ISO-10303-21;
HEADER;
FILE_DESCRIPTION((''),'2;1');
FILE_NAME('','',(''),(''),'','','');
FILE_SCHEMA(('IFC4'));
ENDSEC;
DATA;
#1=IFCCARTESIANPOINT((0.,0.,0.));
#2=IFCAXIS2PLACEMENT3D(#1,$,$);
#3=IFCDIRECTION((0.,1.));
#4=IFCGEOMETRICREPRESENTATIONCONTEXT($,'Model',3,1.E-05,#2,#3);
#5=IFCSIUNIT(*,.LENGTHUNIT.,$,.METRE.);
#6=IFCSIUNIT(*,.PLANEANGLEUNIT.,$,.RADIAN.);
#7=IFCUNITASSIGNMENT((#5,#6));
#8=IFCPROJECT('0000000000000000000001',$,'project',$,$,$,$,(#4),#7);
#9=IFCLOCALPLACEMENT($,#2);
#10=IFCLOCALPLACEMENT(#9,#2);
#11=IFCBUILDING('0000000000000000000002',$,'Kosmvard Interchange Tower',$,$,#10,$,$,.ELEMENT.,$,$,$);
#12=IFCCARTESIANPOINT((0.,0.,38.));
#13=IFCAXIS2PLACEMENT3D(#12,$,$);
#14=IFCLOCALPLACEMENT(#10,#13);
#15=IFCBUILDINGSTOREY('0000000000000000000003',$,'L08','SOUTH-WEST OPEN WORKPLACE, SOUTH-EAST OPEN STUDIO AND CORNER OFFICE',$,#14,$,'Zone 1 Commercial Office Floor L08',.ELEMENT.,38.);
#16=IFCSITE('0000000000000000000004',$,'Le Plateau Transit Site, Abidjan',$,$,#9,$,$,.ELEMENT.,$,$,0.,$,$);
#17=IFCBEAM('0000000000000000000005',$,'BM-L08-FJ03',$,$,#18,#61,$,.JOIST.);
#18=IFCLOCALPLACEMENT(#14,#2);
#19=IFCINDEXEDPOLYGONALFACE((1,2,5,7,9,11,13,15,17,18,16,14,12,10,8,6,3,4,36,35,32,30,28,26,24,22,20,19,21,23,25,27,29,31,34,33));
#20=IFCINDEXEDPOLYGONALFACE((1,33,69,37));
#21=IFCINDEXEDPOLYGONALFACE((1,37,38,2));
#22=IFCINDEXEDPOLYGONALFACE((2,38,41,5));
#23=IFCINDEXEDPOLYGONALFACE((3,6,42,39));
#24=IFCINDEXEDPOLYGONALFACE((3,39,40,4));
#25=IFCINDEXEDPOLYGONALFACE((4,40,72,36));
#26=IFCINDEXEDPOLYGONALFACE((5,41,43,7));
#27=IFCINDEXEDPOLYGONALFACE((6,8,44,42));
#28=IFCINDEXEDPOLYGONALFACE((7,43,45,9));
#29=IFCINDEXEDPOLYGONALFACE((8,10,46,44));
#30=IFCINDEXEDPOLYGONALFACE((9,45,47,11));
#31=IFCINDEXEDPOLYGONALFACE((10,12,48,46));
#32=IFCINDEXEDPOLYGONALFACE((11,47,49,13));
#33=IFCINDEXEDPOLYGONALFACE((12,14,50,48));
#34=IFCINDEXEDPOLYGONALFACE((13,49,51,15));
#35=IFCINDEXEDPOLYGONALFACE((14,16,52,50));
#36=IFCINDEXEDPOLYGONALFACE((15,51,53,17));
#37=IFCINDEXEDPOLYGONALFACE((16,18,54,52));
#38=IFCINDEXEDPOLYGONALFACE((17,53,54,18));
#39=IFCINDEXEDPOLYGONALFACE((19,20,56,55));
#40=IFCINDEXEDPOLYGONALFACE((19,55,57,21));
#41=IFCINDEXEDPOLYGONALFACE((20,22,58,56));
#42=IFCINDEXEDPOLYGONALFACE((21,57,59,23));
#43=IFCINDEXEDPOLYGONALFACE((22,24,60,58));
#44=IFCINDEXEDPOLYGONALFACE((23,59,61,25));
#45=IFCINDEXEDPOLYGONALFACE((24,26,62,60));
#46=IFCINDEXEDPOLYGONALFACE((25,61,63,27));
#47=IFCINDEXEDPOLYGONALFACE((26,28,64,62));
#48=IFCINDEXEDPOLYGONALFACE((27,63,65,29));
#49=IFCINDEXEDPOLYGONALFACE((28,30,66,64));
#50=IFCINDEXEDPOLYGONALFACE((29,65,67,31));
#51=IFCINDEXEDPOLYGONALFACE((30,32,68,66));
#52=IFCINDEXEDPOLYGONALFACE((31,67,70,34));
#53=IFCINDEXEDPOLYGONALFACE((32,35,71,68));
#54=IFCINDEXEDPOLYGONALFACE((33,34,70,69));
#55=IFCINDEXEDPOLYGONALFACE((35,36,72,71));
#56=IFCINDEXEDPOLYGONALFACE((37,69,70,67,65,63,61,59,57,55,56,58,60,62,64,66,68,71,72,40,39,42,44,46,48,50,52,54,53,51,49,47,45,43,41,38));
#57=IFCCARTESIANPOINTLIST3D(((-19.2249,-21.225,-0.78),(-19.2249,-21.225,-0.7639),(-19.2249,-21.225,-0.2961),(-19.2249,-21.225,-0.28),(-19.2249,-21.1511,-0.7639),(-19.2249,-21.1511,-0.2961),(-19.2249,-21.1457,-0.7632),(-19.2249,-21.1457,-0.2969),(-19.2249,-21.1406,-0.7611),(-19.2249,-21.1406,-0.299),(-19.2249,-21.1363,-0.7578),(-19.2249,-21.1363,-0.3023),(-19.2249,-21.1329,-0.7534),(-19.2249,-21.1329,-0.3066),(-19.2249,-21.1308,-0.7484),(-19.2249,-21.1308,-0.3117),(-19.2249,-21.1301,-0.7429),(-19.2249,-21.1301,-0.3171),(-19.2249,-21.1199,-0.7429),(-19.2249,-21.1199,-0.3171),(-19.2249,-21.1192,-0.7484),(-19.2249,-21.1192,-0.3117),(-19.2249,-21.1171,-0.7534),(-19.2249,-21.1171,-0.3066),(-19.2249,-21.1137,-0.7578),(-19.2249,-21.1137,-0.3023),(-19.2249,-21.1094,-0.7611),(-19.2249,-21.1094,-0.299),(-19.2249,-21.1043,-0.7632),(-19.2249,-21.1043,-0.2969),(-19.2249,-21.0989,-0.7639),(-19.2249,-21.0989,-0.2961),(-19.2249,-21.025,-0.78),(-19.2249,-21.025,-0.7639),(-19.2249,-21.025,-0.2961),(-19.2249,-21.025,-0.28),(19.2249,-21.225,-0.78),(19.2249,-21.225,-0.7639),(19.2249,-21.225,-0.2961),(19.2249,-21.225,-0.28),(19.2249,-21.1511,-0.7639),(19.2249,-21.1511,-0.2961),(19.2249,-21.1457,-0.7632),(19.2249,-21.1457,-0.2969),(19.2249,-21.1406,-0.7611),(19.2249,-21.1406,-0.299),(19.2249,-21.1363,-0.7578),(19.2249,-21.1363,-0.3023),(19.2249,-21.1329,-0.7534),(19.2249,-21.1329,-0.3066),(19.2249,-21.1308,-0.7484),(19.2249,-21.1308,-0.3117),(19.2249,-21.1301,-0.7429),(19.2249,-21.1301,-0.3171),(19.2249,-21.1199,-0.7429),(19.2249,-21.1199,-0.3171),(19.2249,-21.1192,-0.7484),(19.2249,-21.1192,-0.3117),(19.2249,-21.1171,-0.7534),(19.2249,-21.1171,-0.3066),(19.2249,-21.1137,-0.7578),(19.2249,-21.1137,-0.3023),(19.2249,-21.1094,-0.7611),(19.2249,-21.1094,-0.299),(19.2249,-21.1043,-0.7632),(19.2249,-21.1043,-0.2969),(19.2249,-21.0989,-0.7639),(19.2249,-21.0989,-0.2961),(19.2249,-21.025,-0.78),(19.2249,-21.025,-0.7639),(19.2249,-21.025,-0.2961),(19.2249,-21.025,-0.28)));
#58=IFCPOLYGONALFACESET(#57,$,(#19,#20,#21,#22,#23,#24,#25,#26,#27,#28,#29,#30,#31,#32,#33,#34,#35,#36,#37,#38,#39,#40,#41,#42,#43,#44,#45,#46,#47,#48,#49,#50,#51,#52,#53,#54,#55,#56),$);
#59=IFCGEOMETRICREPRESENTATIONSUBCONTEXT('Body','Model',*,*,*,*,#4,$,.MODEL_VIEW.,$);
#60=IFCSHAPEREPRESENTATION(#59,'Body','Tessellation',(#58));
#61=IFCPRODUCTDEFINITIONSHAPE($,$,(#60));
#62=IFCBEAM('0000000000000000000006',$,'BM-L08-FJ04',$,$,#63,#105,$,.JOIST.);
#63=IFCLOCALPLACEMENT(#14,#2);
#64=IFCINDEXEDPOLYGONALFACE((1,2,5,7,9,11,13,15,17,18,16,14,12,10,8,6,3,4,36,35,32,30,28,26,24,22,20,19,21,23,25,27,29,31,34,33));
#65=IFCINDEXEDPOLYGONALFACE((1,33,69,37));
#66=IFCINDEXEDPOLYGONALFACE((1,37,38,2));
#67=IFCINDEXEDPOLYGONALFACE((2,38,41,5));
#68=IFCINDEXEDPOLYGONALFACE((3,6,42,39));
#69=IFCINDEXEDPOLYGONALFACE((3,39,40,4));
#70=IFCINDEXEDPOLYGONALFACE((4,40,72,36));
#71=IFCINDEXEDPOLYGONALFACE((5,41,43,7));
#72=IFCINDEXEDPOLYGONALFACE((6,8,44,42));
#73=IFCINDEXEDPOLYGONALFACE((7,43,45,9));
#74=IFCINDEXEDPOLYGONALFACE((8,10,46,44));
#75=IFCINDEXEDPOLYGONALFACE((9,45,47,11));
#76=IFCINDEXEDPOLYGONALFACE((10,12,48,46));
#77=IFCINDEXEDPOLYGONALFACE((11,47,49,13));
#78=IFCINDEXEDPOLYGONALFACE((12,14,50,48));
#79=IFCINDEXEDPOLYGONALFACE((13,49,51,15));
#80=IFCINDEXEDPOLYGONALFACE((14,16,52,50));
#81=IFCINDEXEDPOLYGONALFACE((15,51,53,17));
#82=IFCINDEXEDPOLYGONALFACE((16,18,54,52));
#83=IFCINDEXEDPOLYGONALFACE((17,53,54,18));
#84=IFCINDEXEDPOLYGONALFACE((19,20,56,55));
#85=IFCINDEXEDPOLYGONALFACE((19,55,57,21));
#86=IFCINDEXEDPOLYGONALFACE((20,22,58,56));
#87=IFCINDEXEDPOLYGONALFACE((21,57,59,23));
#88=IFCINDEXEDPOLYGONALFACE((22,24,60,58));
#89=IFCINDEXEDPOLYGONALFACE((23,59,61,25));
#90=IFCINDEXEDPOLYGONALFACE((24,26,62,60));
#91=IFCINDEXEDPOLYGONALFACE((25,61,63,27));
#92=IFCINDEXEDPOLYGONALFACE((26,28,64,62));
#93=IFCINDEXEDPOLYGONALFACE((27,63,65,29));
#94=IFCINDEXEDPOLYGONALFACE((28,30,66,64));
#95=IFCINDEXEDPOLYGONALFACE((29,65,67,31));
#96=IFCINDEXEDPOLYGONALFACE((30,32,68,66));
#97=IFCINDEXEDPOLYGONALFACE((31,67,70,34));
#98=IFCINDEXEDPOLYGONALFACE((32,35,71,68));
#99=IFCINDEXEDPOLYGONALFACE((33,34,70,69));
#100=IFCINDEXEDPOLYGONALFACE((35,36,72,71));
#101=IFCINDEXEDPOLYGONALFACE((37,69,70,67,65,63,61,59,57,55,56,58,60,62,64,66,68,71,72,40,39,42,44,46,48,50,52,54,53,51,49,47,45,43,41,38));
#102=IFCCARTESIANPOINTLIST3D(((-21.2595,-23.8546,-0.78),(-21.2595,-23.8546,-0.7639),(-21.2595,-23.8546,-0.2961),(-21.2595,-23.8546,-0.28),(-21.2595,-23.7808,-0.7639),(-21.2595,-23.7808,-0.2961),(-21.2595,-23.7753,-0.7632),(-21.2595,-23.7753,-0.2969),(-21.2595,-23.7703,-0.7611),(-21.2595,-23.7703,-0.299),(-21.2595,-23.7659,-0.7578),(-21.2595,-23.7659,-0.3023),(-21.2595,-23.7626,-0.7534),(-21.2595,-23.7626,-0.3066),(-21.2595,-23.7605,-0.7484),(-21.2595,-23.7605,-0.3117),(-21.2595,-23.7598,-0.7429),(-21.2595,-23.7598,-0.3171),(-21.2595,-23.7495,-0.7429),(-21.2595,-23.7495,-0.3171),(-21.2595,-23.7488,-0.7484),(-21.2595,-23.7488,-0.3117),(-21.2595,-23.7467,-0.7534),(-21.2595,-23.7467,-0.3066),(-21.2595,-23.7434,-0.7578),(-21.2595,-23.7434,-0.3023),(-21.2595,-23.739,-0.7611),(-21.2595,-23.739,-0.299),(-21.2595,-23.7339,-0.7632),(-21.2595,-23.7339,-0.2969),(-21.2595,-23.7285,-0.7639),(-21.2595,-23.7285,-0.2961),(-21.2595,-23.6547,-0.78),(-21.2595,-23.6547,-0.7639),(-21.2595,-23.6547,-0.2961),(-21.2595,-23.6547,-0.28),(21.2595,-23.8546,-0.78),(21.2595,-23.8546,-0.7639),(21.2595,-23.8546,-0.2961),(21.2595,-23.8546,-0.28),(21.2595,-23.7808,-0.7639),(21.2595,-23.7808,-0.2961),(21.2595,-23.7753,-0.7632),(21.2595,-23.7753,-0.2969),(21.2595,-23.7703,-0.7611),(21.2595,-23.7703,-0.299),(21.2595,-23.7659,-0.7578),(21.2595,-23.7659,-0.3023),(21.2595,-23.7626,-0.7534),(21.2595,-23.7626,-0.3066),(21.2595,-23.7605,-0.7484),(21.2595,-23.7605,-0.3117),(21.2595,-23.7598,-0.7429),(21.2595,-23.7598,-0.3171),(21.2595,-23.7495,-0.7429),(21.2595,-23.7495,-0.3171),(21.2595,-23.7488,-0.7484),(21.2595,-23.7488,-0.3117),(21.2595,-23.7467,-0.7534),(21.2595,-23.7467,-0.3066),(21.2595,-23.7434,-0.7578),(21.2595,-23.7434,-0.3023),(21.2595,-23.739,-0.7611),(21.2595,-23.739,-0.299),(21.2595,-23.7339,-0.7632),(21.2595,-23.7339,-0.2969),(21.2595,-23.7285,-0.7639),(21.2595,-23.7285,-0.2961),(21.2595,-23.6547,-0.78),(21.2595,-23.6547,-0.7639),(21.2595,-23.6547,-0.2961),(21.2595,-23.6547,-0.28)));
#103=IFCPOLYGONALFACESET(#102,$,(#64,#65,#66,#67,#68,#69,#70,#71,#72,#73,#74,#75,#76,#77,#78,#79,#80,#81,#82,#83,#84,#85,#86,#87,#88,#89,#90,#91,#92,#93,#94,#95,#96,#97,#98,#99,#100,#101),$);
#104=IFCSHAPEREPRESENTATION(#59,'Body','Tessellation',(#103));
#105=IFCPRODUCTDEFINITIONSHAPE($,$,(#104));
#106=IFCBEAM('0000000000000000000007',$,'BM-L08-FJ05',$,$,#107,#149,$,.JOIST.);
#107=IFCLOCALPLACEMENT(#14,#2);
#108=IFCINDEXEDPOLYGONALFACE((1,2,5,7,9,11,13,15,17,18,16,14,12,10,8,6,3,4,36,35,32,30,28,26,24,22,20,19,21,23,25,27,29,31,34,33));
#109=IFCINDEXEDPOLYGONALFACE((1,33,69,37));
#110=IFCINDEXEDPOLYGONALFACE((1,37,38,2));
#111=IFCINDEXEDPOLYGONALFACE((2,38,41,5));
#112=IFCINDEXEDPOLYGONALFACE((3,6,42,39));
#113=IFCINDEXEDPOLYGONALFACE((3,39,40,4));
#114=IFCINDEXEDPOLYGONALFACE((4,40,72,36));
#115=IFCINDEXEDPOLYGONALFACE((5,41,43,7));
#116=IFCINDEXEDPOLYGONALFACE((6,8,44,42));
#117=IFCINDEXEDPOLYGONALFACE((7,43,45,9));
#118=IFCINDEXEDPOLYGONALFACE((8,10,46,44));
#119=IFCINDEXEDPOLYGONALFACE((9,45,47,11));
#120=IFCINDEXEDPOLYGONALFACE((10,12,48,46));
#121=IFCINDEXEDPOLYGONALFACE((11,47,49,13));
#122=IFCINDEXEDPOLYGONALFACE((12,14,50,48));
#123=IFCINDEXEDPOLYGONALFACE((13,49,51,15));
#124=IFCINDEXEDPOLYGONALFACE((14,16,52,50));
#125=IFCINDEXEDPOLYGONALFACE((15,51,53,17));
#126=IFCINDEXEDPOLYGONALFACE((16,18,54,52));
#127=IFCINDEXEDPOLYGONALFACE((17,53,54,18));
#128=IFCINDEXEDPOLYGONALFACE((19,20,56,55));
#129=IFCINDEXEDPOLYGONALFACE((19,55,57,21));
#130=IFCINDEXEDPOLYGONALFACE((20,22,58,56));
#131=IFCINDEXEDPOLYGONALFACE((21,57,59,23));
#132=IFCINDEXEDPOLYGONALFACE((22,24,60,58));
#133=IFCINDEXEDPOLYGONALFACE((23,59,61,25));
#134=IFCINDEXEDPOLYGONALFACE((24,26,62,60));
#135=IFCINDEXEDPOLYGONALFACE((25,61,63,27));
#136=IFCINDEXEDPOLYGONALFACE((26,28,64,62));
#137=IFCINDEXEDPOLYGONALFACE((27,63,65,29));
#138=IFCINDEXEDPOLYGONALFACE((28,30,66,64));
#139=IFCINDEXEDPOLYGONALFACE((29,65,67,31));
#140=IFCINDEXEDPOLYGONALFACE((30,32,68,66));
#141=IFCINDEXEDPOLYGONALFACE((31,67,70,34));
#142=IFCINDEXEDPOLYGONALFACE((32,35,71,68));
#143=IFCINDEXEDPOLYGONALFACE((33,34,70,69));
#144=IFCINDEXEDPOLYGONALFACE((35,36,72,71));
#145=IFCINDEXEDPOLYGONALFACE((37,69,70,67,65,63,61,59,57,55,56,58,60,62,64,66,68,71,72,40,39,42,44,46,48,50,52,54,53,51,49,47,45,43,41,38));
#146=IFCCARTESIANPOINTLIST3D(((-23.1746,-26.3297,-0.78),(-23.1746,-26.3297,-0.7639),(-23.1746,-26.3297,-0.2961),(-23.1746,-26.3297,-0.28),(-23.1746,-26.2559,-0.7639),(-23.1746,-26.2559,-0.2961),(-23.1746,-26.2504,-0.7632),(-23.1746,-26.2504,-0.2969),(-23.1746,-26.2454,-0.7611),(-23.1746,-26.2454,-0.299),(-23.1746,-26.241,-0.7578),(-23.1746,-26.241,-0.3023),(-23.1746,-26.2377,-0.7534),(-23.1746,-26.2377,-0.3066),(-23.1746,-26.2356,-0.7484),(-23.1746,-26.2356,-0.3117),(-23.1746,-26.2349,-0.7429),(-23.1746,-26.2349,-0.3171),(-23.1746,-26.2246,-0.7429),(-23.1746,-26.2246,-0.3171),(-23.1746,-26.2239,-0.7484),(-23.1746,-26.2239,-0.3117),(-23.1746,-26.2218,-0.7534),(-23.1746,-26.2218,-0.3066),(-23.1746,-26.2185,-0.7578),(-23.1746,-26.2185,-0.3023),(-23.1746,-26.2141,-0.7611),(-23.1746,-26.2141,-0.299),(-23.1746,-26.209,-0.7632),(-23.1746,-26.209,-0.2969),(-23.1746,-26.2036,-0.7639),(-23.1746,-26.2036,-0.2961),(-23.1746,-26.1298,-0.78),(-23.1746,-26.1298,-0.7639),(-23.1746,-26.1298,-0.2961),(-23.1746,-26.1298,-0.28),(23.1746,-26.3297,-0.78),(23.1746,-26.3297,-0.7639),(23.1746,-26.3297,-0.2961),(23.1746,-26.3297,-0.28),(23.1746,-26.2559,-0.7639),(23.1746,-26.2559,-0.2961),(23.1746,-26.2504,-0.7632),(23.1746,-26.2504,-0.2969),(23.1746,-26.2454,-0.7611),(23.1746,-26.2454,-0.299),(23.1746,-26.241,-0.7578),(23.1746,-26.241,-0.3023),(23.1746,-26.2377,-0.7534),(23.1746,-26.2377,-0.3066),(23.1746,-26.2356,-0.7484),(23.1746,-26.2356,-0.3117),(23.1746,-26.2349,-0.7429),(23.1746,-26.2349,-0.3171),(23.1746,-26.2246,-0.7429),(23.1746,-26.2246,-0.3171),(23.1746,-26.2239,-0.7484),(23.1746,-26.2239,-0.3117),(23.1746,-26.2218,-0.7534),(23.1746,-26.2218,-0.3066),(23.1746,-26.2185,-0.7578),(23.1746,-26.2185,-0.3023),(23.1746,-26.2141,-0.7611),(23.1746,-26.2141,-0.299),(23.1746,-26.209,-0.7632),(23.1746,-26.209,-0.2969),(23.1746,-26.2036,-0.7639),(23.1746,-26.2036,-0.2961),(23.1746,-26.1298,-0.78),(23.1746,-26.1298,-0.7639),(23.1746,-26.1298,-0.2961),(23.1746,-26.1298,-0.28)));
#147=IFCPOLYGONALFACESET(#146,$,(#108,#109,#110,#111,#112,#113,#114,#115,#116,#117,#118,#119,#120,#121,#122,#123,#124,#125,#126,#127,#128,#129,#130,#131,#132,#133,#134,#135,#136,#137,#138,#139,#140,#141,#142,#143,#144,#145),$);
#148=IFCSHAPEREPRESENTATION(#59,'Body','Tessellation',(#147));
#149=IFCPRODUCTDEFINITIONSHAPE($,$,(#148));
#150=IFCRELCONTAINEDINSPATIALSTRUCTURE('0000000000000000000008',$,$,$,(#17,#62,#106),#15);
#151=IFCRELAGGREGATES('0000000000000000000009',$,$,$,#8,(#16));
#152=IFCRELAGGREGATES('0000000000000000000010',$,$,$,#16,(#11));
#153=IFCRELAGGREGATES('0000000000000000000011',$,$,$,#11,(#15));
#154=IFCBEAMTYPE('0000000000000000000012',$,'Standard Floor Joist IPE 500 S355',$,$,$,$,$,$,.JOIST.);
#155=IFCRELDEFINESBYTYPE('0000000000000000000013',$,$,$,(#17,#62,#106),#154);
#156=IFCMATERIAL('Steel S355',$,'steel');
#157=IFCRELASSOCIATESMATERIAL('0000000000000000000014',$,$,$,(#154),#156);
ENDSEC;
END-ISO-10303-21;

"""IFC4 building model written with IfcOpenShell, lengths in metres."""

from ifc_helpers import new_model, si_unit, direction, frame, origin, origin_2d, place, context, subcontext, project, spatial, i_section, extrude, source, transform, mapped, material, material_profile, profile_set, type_object, element, save


model = new_model("IFC4")

# Units and contexts
model_context = context("Model", 3, precision=1e-05, world=origin(), true_north=direction((0.0, 1.0)))
body_context = subcontext(model_context, "Body", "Model", "MODEL_VIEW")
ifc_project = project(units=[si_unit("LENGTHUNIT", "METRE"), si_unit("PLANEANGLEUNIT", "RADIAN")], contexts=[model_context])

# Site, building, storey
site_placement = place(None, origin())
site = spatial("IfcSite", under=ifc_project, at=site_placement, Name="Le Plateau Transit Site, Abidjan", CompositionType="ELEMENT", RefElevation=0.0)
building_placement = place(site_placement, origin())
building = spatial("IfcBuilding", under=site, at=building_placement, Name="Kosmvard Interchange Tower", CompositionType="ELEMENT")
storey_placement = place(building_placement, frame((0.0, 0.0, 38.0)))
storey = spatial("IfcBuildingStorey", under=building, at=storey_placement, Name="L08", Description="SOUTH-WEST OPEN WORKPLACE, SOUTH-EAST OPEN STUDIO AND CORNER OFFICE", LongName="Zone 1 Commercial Office Floor L08", CompositionType="ELEMENT", Elevation=38.0)

# Beams
ifc_material_1 = material(Name="Steel S355", Category="steel")
ifc_material_profile_1 = material_profile(ifc_material_1, i_section(OverallWidth=0.2, OverallDepth=0.5, WebThickness=0.0103, FlangeThickness=0.0161, FilletRadius=0.021, at=origin_2d()), Name="IPE 500")
ifc_profile_set_1 = profile_set([ifc_material_profile_1], Name="Steel S355")
beam_type_1 = type_object("IfcBeamType", Name="Standard Floor Joist IPE 500 S355", PredefinedType="JOIST", material=ifc_profile_set_1)
shared_shape_1 = source(origin(), body_context, "Body", "SweptSolid", [
    extrude(i_section(OverallWidth=0.2, OverallDepth=0.5, WebThickness=0.0103, FlangeThickness=0.0161, FilletRadius=0.021, at=origin_2d()), origin(), (0.0, 0.0, 1.0), 38.4497),
])
beam_1_placement = place(storey_placement, frame((-19.2249, -21.125, -0.53), z_axis=(1.0, 0.0, 0.0), x_axis=(0.0, 1.0, 0.0)))
element("IfcBeam", 1, at=beam_1_placement, inside=storey, type_object=beam_type_1, Name="BM-L08-FJ03", PredefinedType="JOIST", context=body_context, shape_type="MappedRepresentation", body=[
    mapped(shared_shape_1, transform((0.0, 0.0, 0.0), scale=1.0)),
])
shared_shape_2 = source(origin(), body_context, "Body", "SweptSolid", [
    extrude(i_section(OverallWidth=0.2, OverallDepth=0.5, WebThickness=0.0103, FlangeThickness=0.0161, FilletRadius=0.021, at=origin_2d()), origin(), (0.0, 0.0, 1.0), 42.519),
])
beam_2_placement = place(storey_placement, frame((-21.2595, -23.7546, -0.53), z_axis=(1.0, 0.0, 0.0), x_axis=(0.0, 1.0, 0.0)))
element("IfcBeam", 2, at=beam_2_placement, inside=storey, type_object=beam_type_1, Name="BM-L08-FJ04", PredefinedType="JOIST", context=body_context, shape_type="MappedRepresentation", body=[
    mapped(shared_shape_2, transform((0.0, 0.0, 0.0), scale=1.0)),
])
shared_shape_3 = source(origin(), body_context, "Body", "SweptSolid", [
    extrude(i_section(OverallWidth=0.2, OverallDepth=0.5, WebThickness=0.0103, FlangeThickness=0.0161, FilletRadius=0.021, at=origin_2d()), origin(), (0.0, 0.0, 1.0), 46.3491),
])
beam_3_placement = place(storey_placement, frame((-23.1746, -26.2297, -0.53), z_axis=(1.0, 0.0, 0.0), x_axis=(0.0, 1.0, 0.0)))
element("IfcBeam", 3, at=beam_3_placement, inside=storey, type_object=beam_type_1, Name="BM-L08-FJ05", PredefinedType="JOIST", context=body_context, shape_type="MappedRepresentation", body=[
    mapped(shared_shape_3, transform((0.0, 0.0, 0.0), scale=1.0)),
])

save(model, "model.ifc")
